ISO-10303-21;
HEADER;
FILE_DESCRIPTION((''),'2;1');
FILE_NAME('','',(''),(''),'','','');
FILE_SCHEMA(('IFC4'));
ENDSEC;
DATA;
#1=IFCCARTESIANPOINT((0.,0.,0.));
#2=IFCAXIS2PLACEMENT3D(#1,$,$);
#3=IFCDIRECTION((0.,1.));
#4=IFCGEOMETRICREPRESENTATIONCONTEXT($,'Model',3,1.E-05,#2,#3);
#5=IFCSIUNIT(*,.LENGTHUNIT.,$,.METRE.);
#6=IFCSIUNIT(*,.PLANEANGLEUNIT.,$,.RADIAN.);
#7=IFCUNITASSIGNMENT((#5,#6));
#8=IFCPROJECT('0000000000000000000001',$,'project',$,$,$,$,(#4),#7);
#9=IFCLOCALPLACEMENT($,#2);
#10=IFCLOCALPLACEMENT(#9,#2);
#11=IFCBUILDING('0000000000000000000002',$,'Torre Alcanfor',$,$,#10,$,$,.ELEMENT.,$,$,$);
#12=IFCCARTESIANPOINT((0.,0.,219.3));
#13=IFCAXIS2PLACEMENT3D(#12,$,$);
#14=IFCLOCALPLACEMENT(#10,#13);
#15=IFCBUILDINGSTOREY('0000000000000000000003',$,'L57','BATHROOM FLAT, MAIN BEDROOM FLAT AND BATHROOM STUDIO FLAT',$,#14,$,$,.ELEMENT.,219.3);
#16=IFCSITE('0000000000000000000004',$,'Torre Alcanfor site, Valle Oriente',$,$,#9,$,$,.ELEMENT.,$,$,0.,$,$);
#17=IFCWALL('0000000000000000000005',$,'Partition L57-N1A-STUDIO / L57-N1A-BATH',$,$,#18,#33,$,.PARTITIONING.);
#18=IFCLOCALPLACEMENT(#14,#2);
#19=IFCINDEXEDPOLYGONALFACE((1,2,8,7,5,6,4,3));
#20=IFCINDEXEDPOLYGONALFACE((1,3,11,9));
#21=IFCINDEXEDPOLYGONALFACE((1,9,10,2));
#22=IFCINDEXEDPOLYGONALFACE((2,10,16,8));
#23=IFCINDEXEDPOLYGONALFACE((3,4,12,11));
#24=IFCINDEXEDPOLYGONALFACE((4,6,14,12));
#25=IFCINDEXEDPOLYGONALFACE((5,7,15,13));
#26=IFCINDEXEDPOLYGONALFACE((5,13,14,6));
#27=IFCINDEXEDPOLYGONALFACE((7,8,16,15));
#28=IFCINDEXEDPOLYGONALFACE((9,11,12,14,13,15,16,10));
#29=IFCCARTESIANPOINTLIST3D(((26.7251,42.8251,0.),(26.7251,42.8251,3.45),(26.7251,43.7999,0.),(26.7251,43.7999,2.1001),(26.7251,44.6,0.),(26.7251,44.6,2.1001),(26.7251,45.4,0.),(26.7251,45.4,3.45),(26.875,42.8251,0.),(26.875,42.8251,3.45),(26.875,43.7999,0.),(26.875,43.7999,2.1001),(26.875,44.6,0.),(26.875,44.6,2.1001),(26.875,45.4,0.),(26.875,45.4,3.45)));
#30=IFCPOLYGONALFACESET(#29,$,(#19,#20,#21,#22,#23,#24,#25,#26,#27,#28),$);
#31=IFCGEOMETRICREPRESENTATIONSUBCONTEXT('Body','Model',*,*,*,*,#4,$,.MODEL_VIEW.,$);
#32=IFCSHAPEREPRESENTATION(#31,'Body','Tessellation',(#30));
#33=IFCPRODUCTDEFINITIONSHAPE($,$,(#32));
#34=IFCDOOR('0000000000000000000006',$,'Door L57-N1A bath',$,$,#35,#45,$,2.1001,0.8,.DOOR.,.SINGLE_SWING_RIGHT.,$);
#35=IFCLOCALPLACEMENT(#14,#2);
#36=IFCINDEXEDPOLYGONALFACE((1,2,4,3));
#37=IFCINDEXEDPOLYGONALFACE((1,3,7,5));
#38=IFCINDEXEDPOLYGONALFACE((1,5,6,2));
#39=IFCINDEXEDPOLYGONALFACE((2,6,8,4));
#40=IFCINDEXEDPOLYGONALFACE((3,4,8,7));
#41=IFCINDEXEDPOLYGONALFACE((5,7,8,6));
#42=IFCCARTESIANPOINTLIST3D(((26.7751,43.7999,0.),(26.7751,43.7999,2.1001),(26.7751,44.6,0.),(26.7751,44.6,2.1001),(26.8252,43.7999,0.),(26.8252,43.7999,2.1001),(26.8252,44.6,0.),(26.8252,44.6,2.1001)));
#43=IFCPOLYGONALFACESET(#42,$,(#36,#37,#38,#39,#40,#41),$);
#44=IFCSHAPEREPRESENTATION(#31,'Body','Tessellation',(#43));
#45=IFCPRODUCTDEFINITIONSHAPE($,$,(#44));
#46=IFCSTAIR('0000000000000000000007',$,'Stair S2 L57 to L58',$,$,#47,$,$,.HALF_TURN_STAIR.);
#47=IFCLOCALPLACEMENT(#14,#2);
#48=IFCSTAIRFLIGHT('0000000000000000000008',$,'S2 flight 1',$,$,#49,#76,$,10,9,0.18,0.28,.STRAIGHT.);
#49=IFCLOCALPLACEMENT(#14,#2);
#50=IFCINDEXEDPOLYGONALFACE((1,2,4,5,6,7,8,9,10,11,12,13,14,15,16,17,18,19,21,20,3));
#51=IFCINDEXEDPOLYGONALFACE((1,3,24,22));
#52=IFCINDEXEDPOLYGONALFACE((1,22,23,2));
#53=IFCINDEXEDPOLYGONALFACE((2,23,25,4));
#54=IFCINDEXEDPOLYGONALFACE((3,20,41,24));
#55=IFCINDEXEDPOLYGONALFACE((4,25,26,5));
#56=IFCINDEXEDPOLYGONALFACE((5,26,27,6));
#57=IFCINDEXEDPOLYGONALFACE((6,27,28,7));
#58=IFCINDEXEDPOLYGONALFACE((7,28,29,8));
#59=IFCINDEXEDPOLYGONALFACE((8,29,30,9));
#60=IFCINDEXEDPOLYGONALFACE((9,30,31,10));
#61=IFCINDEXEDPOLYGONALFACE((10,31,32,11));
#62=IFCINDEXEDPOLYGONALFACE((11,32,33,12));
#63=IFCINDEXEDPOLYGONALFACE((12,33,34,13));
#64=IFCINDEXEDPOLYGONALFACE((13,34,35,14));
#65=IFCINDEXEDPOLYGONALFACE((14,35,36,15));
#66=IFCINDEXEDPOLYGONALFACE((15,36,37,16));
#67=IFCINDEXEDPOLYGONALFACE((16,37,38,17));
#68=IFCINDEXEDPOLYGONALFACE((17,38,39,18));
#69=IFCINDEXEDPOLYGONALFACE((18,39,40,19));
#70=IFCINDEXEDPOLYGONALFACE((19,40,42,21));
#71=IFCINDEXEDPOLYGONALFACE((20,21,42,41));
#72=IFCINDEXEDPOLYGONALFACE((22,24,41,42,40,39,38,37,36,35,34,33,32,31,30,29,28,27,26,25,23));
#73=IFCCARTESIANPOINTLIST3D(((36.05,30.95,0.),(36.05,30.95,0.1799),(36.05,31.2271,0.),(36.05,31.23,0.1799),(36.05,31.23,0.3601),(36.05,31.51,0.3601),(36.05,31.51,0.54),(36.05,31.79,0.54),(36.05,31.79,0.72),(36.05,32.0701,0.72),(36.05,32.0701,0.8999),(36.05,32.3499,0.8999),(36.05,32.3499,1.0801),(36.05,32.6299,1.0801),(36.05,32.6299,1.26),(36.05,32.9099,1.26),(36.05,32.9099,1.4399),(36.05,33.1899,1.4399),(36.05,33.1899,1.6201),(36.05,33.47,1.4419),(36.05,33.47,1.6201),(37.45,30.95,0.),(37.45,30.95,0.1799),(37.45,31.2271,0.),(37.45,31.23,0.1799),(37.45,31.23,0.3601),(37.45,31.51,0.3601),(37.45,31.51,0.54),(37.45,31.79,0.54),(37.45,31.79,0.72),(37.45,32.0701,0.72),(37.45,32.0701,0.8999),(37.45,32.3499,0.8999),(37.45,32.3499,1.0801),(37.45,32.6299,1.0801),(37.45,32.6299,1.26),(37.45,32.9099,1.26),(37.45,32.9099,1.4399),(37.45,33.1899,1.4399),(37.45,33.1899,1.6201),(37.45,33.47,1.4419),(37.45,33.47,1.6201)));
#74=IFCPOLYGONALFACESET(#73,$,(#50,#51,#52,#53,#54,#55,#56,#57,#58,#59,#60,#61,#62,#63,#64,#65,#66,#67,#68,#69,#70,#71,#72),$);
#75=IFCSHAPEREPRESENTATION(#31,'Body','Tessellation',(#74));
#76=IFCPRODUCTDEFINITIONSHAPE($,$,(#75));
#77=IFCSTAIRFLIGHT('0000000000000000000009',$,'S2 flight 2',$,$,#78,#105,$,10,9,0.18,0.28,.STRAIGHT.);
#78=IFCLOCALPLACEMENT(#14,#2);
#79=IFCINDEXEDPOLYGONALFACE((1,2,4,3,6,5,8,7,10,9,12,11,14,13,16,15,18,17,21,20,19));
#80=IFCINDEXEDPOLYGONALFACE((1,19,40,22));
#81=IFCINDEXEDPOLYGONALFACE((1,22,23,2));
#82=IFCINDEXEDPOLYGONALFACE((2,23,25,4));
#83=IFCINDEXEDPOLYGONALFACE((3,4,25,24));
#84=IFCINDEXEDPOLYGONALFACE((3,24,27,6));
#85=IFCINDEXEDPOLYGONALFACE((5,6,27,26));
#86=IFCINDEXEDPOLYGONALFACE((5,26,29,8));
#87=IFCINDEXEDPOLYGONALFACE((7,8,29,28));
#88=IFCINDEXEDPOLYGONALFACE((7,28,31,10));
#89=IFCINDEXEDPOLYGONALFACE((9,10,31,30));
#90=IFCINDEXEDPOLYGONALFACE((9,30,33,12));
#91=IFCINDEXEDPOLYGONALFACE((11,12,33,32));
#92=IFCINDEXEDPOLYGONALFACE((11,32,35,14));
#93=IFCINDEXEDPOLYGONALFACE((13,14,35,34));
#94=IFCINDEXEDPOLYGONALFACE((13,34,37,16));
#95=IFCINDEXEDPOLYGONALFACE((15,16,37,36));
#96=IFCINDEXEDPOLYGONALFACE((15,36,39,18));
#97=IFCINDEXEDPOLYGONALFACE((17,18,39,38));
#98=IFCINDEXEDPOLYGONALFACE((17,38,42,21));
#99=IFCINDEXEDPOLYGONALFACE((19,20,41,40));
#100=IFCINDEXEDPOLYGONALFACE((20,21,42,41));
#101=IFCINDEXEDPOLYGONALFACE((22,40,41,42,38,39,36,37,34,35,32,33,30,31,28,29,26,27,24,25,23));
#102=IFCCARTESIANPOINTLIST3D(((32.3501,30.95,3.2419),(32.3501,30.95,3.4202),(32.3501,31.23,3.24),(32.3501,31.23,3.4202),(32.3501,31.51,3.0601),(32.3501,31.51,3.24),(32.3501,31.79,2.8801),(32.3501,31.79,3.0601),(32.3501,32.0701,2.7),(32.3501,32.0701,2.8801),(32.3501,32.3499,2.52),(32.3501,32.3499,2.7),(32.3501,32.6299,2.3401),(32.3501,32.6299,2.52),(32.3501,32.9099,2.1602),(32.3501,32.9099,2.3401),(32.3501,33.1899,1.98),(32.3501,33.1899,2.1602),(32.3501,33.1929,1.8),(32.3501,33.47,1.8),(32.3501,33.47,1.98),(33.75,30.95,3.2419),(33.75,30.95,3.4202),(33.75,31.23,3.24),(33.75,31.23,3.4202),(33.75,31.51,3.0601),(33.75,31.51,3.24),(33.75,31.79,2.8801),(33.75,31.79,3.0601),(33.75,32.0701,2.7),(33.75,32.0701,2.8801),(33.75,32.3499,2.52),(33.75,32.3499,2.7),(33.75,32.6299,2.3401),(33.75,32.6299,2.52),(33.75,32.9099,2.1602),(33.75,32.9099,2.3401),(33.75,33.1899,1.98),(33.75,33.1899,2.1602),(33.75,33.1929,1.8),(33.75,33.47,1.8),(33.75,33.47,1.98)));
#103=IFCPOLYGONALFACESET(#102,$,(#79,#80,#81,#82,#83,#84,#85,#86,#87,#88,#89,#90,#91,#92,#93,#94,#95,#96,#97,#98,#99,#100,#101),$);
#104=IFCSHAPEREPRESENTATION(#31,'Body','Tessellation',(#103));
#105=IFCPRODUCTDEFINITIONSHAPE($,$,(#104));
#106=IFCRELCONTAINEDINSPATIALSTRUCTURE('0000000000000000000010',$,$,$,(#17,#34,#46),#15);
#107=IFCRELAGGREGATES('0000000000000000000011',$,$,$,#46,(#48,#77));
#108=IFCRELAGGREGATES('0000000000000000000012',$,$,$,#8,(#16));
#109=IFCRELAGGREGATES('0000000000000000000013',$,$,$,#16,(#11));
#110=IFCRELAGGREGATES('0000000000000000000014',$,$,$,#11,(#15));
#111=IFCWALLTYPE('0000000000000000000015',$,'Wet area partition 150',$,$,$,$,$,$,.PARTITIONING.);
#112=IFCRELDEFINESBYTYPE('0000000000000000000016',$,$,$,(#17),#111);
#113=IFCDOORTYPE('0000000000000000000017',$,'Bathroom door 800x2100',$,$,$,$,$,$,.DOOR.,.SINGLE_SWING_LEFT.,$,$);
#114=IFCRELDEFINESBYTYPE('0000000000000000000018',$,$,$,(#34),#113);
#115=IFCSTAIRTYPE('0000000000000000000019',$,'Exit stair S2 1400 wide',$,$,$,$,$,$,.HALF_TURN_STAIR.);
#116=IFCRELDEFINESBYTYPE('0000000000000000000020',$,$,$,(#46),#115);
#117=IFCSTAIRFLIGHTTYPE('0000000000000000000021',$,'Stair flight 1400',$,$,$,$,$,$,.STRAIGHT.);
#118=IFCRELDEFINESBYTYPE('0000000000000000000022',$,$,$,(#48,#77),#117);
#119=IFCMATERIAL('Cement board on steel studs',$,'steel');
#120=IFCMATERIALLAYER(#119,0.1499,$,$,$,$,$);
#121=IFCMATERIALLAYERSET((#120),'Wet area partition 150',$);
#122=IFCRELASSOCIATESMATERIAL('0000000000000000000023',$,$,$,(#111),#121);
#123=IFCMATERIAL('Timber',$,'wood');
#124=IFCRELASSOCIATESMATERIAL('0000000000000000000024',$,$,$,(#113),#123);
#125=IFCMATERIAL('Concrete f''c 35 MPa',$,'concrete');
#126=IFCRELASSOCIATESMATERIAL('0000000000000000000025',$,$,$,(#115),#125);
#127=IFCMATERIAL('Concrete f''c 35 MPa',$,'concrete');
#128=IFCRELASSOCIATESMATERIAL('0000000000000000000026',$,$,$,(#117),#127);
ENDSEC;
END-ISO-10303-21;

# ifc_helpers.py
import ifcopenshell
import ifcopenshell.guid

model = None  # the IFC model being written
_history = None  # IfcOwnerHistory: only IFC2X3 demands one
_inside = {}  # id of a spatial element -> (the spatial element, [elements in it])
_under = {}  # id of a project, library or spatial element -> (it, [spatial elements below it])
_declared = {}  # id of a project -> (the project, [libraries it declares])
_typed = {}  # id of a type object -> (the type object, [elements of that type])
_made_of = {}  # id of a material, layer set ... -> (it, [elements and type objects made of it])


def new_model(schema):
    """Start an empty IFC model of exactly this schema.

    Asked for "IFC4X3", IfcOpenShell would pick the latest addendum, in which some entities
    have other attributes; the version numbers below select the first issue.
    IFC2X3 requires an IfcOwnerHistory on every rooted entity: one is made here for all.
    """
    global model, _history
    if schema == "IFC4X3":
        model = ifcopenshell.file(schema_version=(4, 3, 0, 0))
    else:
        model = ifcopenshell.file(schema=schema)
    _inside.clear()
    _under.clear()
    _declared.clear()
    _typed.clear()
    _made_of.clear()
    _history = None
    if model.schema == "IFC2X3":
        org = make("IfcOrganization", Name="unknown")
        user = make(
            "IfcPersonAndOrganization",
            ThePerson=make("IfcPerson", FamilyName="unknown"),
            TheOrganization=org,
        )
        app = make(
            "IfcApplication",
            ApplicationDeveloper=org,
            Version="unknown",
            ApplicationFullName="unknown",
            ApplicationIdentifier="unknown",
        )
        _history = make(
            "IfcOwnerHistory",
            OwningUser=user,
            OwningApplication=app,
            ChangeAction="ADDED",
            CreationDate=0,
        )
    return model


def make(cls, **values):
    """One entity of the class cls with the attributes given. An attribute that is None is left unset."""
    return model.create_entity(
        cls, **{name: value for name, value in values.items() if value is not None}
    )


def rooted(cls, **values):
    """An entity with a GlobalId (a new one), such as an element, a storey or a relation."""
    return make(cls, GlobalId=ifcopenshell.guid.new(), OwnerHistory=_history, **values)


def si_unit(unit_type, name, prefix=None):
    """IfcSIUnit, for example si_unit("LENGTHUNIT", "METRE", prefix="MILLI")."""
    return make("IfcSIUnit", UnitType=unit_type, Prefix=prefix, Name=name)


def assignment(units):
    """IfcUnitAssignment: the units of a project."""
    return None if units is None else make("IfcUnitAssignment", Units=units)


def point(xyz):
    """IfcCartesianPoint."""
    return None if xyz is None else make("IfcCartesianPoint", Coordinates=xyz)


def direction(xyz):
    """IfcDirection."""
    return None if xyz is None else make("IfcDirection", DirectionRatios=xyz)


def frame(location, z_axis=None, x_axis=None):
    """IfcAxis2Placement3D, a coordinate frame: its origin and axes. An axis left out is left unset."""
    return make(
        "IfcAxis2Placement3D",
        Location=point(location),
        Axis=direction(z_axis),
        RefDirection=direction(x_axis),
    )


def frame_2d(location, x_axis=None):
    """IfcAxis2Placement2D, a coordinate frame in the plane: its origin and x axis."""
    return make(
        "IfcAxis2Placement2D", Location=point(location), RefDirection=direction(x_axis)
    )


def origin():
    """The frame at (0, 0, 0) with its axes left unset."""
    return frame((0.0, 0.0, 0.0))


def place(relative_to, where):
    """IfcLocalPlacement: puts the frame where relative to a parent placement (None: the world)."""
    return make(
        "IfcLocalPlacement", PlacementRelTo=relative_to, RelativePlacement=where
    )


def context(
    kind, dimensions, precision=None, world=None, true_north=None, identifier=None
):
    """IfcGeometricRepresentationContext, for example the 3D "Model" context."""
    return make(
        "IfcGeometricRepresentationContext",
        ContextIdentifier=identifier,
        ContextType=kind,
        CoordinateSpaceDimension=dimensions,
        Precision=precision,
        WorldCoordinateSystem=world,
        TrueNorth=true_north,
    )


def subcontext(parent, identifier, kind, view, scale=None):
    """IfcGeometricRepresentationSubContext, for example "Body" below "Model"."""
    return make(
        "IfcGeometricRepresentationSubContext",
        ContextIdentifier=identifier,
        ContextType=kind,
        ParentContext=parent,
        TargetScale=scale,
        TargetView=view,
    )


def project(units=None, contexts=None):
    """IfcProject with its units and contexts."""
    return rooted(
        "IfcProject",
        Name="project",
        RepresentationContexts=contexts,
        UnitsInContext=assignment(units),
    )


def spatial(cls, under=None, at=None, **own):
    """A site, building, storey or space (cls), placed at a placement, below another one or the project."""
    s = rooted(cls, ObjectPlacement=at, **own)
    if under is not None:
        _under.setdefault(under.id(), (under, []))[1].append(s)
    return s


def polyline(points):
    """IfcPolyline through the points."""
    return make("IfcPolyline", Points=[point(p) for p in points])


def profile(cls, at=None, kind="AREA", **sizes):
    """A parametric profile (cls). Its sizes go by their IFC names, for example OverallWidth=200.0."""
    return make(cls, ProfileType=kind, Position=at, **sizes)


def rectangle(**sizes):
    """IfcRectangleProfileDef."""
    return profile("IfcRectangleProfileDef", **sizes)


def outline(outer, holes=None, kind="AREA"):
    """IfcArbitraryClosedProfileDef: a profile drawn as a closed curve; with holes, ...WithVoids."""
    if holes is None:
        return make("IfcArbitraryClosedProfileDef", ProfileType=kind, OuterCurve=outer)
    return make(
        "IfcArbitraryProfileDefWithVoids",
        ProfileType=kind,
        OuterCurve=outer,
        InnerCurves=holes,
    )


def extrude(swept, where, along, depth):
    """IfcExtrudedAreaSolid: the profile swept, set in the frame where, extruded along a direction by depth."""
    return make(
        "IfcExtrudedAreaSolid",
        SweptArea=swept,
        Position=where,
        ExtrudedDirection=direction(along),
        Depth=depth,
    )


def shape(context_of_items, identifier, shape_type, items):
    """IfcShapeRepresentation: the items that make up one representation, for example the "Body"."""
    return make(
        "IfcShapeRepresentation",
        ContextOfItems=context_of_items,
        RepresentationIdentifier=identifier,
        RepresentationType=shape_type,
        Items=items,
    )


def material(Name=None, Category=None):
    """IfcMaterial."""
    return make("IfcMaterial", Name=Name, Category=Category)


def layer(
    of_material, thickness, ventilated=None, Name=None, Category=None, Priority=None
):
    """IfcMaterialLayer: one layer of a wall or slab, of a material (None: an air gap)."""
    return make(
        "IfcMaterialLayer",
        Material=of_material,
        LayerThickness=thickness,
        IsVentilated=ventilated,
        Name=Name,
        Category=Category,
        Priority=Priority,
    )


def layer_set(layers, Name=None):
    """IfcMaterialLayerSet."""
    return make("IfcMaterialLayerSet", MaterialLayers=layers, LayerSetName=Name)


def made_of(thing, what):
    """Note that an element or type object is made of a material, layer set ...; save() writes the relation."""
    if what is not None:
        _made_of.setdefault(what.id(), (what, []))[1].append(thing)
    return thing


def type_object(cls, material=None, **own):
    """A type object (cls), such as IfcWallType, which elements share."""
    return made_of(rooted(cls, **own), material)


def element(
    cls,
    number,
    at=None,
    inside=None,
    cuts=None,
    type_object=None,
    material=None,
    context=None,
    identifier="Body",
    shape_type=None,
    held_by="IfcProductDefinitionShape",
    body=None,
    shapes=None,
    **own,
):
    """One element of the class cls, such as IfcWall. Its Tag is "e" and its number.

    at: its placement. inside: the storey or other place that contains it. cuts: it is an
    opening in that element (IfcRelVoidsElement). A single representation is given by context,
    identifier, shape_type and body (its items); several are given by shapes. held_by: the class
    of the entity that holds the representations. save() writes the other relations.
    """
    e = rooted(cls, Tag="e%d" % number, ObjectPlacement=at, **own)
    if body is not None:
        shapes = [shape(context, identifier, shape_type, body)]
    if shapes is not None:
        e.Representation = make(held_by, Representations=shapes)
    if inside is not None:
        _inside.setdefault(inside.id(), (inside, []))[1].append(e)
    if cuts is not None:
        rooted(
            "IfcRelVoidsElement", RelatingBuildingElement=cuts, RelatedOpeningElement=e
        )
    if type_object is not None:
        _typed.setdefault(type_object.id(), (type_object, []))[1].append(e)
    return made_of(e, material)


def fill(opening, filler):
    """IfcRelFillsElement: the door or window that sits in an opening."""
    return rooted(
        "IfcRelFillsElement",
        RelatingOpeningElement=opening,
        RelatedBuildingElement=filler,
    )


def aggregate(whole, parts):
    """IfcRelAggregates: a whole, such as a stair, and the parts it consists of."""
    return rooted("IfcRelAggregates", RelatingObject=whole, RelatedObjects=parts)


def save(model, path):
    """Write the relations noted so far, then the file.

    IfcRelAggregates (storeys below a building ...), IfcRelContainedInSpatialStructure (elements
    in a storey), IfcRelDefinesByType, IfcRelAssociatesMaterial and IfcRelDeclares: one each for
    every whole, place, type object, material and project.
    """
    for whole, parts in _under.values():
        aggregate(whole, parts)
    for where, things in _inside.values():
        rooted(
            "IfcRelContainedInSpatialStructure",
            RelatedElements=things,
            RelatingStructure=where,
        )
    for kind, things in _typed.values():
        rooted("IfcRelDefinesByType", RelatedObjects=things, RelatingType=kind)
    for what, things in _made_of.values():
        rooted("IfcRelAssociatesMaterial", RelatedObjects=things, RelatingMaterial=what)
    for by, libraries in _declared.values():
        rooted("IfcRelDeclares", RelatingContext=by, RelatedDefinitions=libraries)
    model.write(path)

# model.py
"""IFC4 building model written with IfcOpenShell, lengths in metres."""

from ifc_helpers import new_model, si_unit, direction, frame, frame_2d, origin, place, context, subcontext, project, spatial, polyline, rectangle, outline, extrude, material, layer, layer_set, type_object, element, fill, aggregate, save


model = new_model("IFC4")

# Units and contexts
model_context = context("Model", 3, precision=1e-05, world=origin(), true_north=direction((0.0, 1.0)))
body_context = subcontext(model_context, "Body", "Model", "MODEL_VIEW")
ifc_project = project(units=[si_unit("LENGTHUNIT", "METRE"), si_unit("PLANEANGLEUNIT", "RADIAN")], contexts=[model_context])

# Site, building, storey
site_placement = place(None, origin())
site = spatial("IfcSite", under=ifc_project, at=site_placement, Name="Torre Alcanfor site, Valle Oriente", CompositionType="ELEMENT", RefElevation=0.0)
building_placement = place(site_placement, origin())
building = spatial("IfcBuilding", under=site, at=building_placement, Name="Torre Alcanfor", CompositionType="ELEMENT")
storey_placement = place(building_placement, frame((0.0, 0.0, 219.3)))
storey = spatial("IfcBuildingStorey", under=building, at=storey_placement, Name="L57", Description="BATHROOM FLAT, MAIN BEDROOM FLAT AND BATHROOM STUDIO FLAT", CompositionType="ELEMENT", Elevation=219.3)

# Wall, opening, door
ifc_material_1 = material(Name="Cement board on steel studs", Category="steel")
ifc_layer_1 = layer(ifc_material_1, 0.1499)
ifc_layer_set_1 = layer_set([ifc_layer_1], Name="Wet area partition 150")
wall_type_1 = type_object("IfcWallType", Name="Wet area partition 150", PredefinedType="PARTITIONING", material=ifc_layer_set_1)
wall_1_placement = place(storey_placement, frame((26.8, 42.825, 0.0), z_axis=(0.0, 0.0, 1.0), x_axis=(0.0, 1.0, 0.0)))
wall_1 = element("IfcWall", 1, at=wall_1_placement, inside=storey, type_object=wall_type_1, Name="Partition L57-N1A-STUDIO / L57-N1A-BATH", PredefinedType="PARTITIONING", context=body_context, shape_type="SweptSolid", body=[
    extrude(rectangle(XDim=2.575, YDim=0.1499, at=frame_2d((1.2876, 0.0))), origin(), (0.0, 0.0, 1.0), 3.45),
])
opening_1_placement = place(wall_1_placement, frame((0.9751, 0.0, 0.0)))
opening_1 = element("IfcOpeningElement", 2, at=opening_1_placement, cuts=wall_1, PredefinedType="OPENING", context=body_context, shape_type="SweptSolid", body=[
    extrude(rectangle(XDim=0.8, YDim=2.1001, at=frame_2d((0.3999, 1.05))), frame((0.0, 0.085, 0.0), z_axis=(0.0, -1.0, 0.0), x_axis=(1.0, 0.0, 0.0)), (0.0, 0.0, 1.0), 0.1699),
])
ifc_material_2 = material(Name="Timber", Category="wood")
door_type_1 = type_object("IfcDoorType", Name="Bathroom door 800x2100", OperationType="SINGLE_SWING_LEFT", PredefinedType="DOOR", material=ifc_material_2)
door_1_placement = place(opening_1_placement, origin())
door_1 = element("IfcDoor", 3, at=door_1_placement, inside=storey, type_object=door_type_1, Name="Door L57-N1A bath", OperationType="SINGLE_SWING_RIGHT", OverallHeight=2.1001, OverallWidth=0.8, PredefinedType="DOOR", context=body_context, shape_type="SweptSolid", body=[
    extrude(rectangle(XDim=0.8, YDim=2.1001, at=frame_2d((0.3999, 1.05))), frame((0.0, 0.0249, 0.0), z_axis=(0.0, -1.0, 0.0), x_axis=(1.0, 0.0, 0.0)), (0.0, 0.0, 1.0), 0.05),
])
fill(opening_1, door_1)

# Stair, stair flights
ifc_material_3 = material(Name="Concrete f'c 35 MPa", Category="concrete")
stair_type = type_object("IfcStairType", Name="Exit stair S2 1400 wide", PredefinedType="HALF_TURN_STAIR", material=ifc_material_3)
stair_placement = place(storey_placement, origin())
stair = element("IfcStair", 4, at=stair_placement, inside=storey, type_object=stair_type, Name="Stair S2 L57 to L58", PredefinedType="HALF_TURN_STAIR")
ifc_material_4 = material(Name="Concrete f'c 35 MPa", Category="concrete")
stair_flight_type = type_object("IfcStairFlightType", Name="Stair flight 1400", PredefinedType="STRAIGHT", material=ifc_material_4)
stair_flight_1_placement = place(storey_placement, frame((36.75, 30.95, 0.0), z_axis=(0.0, 0.0, 1.0), x_axis=(0.0, 1.0, 0.0)))
stair_flight_1 = element("IfcStairFlight", 5, at=stair_flight_1_placement, type_object=stair_flight_type, Name="S2 flight 1", NumberOfRisers=10, NumberOfTreads=9, PredefinedType="STRAIGHT", RiserHeight=0.18, TreadLength=0.28, context=body_context, shape_type="SweptSolid", body=[
    extrude(outline(polyline([(0.0, 0.0), (0.0, 0.1799), (0.28, 0.1799), (0.28, 0.3601), (0.5601, 0.3601), (0.5601, 0.54), (0.8401, 0.54), (0.8401, 0.72), (1.1201, 0.72), (1.1201, 0.8999), (1.3999, 0.8999), (1.3999, 1.0801), (1.6799, 1.0801), (1.6799, 1.26), (1.96, 1.26), (1.96, 1.4399), (2.24, 1.4399), (2.24, 1.6201), (2.52, 1.6201), (2.52, 1.8), (2.52, 1.4419), (0.2771, 0.0), (0.0, 0.0)])), frame((0.0, 0.7, 0.0), z_axis=(0.0, -1.0, 0.0), x_axis=(1.0, 0.0, 0.0)), (0.0, 0.0, 1.0), 1.3999),
])
stair_flight_2_placement = place(storey_placement, frame((33.05, 33.47, 1.8), z_axis=(0.0, 0.0, 1.0), x_axis=(0.0, -1.0, 0.0)))
stair_flight_2 = element("IfcStairFlight", 6, at=stair_flight_2_placement, type_object=stair_flight_type, Name="S2 flight 2", NumberOfRisers=10, NumberOfTreads=9, PredefinedType="STRAIGHT", RiserHeight=0.18, TreadLength=0.28, context=body_context, shape_type="SweptSolid", body=[
    extrude(outline(polyline([(0.0, 0.0), (0.0, 0.1799), (0.28, 0.1799), (0.28, 0.3601), (0.5601, 0.3601), (0.5601, 0.54), (0.8401, 0.54), (0.8401, 0.72), (1.1201, 0.72), (1.1201, 0.8999), (1.3999, 0.8999), (1.3999, 1.0801), (1.6799, 1.0801), (1.6799, 1.26), (1.96, 1.26), (1.96, 1.4399), (2.24, 1.4399), (2.24, 1.6201), (2.52, 1.6201), (2.52, 1.8), (2.52, 1.4419), (0.2771, 0.0), (0.0, 0.0)])), frame((0.0, 0.7, 0.0), z_axis=(0.0, -1.0, 0.0), x_axis=(1.0, 0.0, 0.0)), (0.0, 0.0, 1.0), 1.3999),
])
aggregate(stair, [stair_flight_1, stair_flight_2])

save(model, "model.ifc")
